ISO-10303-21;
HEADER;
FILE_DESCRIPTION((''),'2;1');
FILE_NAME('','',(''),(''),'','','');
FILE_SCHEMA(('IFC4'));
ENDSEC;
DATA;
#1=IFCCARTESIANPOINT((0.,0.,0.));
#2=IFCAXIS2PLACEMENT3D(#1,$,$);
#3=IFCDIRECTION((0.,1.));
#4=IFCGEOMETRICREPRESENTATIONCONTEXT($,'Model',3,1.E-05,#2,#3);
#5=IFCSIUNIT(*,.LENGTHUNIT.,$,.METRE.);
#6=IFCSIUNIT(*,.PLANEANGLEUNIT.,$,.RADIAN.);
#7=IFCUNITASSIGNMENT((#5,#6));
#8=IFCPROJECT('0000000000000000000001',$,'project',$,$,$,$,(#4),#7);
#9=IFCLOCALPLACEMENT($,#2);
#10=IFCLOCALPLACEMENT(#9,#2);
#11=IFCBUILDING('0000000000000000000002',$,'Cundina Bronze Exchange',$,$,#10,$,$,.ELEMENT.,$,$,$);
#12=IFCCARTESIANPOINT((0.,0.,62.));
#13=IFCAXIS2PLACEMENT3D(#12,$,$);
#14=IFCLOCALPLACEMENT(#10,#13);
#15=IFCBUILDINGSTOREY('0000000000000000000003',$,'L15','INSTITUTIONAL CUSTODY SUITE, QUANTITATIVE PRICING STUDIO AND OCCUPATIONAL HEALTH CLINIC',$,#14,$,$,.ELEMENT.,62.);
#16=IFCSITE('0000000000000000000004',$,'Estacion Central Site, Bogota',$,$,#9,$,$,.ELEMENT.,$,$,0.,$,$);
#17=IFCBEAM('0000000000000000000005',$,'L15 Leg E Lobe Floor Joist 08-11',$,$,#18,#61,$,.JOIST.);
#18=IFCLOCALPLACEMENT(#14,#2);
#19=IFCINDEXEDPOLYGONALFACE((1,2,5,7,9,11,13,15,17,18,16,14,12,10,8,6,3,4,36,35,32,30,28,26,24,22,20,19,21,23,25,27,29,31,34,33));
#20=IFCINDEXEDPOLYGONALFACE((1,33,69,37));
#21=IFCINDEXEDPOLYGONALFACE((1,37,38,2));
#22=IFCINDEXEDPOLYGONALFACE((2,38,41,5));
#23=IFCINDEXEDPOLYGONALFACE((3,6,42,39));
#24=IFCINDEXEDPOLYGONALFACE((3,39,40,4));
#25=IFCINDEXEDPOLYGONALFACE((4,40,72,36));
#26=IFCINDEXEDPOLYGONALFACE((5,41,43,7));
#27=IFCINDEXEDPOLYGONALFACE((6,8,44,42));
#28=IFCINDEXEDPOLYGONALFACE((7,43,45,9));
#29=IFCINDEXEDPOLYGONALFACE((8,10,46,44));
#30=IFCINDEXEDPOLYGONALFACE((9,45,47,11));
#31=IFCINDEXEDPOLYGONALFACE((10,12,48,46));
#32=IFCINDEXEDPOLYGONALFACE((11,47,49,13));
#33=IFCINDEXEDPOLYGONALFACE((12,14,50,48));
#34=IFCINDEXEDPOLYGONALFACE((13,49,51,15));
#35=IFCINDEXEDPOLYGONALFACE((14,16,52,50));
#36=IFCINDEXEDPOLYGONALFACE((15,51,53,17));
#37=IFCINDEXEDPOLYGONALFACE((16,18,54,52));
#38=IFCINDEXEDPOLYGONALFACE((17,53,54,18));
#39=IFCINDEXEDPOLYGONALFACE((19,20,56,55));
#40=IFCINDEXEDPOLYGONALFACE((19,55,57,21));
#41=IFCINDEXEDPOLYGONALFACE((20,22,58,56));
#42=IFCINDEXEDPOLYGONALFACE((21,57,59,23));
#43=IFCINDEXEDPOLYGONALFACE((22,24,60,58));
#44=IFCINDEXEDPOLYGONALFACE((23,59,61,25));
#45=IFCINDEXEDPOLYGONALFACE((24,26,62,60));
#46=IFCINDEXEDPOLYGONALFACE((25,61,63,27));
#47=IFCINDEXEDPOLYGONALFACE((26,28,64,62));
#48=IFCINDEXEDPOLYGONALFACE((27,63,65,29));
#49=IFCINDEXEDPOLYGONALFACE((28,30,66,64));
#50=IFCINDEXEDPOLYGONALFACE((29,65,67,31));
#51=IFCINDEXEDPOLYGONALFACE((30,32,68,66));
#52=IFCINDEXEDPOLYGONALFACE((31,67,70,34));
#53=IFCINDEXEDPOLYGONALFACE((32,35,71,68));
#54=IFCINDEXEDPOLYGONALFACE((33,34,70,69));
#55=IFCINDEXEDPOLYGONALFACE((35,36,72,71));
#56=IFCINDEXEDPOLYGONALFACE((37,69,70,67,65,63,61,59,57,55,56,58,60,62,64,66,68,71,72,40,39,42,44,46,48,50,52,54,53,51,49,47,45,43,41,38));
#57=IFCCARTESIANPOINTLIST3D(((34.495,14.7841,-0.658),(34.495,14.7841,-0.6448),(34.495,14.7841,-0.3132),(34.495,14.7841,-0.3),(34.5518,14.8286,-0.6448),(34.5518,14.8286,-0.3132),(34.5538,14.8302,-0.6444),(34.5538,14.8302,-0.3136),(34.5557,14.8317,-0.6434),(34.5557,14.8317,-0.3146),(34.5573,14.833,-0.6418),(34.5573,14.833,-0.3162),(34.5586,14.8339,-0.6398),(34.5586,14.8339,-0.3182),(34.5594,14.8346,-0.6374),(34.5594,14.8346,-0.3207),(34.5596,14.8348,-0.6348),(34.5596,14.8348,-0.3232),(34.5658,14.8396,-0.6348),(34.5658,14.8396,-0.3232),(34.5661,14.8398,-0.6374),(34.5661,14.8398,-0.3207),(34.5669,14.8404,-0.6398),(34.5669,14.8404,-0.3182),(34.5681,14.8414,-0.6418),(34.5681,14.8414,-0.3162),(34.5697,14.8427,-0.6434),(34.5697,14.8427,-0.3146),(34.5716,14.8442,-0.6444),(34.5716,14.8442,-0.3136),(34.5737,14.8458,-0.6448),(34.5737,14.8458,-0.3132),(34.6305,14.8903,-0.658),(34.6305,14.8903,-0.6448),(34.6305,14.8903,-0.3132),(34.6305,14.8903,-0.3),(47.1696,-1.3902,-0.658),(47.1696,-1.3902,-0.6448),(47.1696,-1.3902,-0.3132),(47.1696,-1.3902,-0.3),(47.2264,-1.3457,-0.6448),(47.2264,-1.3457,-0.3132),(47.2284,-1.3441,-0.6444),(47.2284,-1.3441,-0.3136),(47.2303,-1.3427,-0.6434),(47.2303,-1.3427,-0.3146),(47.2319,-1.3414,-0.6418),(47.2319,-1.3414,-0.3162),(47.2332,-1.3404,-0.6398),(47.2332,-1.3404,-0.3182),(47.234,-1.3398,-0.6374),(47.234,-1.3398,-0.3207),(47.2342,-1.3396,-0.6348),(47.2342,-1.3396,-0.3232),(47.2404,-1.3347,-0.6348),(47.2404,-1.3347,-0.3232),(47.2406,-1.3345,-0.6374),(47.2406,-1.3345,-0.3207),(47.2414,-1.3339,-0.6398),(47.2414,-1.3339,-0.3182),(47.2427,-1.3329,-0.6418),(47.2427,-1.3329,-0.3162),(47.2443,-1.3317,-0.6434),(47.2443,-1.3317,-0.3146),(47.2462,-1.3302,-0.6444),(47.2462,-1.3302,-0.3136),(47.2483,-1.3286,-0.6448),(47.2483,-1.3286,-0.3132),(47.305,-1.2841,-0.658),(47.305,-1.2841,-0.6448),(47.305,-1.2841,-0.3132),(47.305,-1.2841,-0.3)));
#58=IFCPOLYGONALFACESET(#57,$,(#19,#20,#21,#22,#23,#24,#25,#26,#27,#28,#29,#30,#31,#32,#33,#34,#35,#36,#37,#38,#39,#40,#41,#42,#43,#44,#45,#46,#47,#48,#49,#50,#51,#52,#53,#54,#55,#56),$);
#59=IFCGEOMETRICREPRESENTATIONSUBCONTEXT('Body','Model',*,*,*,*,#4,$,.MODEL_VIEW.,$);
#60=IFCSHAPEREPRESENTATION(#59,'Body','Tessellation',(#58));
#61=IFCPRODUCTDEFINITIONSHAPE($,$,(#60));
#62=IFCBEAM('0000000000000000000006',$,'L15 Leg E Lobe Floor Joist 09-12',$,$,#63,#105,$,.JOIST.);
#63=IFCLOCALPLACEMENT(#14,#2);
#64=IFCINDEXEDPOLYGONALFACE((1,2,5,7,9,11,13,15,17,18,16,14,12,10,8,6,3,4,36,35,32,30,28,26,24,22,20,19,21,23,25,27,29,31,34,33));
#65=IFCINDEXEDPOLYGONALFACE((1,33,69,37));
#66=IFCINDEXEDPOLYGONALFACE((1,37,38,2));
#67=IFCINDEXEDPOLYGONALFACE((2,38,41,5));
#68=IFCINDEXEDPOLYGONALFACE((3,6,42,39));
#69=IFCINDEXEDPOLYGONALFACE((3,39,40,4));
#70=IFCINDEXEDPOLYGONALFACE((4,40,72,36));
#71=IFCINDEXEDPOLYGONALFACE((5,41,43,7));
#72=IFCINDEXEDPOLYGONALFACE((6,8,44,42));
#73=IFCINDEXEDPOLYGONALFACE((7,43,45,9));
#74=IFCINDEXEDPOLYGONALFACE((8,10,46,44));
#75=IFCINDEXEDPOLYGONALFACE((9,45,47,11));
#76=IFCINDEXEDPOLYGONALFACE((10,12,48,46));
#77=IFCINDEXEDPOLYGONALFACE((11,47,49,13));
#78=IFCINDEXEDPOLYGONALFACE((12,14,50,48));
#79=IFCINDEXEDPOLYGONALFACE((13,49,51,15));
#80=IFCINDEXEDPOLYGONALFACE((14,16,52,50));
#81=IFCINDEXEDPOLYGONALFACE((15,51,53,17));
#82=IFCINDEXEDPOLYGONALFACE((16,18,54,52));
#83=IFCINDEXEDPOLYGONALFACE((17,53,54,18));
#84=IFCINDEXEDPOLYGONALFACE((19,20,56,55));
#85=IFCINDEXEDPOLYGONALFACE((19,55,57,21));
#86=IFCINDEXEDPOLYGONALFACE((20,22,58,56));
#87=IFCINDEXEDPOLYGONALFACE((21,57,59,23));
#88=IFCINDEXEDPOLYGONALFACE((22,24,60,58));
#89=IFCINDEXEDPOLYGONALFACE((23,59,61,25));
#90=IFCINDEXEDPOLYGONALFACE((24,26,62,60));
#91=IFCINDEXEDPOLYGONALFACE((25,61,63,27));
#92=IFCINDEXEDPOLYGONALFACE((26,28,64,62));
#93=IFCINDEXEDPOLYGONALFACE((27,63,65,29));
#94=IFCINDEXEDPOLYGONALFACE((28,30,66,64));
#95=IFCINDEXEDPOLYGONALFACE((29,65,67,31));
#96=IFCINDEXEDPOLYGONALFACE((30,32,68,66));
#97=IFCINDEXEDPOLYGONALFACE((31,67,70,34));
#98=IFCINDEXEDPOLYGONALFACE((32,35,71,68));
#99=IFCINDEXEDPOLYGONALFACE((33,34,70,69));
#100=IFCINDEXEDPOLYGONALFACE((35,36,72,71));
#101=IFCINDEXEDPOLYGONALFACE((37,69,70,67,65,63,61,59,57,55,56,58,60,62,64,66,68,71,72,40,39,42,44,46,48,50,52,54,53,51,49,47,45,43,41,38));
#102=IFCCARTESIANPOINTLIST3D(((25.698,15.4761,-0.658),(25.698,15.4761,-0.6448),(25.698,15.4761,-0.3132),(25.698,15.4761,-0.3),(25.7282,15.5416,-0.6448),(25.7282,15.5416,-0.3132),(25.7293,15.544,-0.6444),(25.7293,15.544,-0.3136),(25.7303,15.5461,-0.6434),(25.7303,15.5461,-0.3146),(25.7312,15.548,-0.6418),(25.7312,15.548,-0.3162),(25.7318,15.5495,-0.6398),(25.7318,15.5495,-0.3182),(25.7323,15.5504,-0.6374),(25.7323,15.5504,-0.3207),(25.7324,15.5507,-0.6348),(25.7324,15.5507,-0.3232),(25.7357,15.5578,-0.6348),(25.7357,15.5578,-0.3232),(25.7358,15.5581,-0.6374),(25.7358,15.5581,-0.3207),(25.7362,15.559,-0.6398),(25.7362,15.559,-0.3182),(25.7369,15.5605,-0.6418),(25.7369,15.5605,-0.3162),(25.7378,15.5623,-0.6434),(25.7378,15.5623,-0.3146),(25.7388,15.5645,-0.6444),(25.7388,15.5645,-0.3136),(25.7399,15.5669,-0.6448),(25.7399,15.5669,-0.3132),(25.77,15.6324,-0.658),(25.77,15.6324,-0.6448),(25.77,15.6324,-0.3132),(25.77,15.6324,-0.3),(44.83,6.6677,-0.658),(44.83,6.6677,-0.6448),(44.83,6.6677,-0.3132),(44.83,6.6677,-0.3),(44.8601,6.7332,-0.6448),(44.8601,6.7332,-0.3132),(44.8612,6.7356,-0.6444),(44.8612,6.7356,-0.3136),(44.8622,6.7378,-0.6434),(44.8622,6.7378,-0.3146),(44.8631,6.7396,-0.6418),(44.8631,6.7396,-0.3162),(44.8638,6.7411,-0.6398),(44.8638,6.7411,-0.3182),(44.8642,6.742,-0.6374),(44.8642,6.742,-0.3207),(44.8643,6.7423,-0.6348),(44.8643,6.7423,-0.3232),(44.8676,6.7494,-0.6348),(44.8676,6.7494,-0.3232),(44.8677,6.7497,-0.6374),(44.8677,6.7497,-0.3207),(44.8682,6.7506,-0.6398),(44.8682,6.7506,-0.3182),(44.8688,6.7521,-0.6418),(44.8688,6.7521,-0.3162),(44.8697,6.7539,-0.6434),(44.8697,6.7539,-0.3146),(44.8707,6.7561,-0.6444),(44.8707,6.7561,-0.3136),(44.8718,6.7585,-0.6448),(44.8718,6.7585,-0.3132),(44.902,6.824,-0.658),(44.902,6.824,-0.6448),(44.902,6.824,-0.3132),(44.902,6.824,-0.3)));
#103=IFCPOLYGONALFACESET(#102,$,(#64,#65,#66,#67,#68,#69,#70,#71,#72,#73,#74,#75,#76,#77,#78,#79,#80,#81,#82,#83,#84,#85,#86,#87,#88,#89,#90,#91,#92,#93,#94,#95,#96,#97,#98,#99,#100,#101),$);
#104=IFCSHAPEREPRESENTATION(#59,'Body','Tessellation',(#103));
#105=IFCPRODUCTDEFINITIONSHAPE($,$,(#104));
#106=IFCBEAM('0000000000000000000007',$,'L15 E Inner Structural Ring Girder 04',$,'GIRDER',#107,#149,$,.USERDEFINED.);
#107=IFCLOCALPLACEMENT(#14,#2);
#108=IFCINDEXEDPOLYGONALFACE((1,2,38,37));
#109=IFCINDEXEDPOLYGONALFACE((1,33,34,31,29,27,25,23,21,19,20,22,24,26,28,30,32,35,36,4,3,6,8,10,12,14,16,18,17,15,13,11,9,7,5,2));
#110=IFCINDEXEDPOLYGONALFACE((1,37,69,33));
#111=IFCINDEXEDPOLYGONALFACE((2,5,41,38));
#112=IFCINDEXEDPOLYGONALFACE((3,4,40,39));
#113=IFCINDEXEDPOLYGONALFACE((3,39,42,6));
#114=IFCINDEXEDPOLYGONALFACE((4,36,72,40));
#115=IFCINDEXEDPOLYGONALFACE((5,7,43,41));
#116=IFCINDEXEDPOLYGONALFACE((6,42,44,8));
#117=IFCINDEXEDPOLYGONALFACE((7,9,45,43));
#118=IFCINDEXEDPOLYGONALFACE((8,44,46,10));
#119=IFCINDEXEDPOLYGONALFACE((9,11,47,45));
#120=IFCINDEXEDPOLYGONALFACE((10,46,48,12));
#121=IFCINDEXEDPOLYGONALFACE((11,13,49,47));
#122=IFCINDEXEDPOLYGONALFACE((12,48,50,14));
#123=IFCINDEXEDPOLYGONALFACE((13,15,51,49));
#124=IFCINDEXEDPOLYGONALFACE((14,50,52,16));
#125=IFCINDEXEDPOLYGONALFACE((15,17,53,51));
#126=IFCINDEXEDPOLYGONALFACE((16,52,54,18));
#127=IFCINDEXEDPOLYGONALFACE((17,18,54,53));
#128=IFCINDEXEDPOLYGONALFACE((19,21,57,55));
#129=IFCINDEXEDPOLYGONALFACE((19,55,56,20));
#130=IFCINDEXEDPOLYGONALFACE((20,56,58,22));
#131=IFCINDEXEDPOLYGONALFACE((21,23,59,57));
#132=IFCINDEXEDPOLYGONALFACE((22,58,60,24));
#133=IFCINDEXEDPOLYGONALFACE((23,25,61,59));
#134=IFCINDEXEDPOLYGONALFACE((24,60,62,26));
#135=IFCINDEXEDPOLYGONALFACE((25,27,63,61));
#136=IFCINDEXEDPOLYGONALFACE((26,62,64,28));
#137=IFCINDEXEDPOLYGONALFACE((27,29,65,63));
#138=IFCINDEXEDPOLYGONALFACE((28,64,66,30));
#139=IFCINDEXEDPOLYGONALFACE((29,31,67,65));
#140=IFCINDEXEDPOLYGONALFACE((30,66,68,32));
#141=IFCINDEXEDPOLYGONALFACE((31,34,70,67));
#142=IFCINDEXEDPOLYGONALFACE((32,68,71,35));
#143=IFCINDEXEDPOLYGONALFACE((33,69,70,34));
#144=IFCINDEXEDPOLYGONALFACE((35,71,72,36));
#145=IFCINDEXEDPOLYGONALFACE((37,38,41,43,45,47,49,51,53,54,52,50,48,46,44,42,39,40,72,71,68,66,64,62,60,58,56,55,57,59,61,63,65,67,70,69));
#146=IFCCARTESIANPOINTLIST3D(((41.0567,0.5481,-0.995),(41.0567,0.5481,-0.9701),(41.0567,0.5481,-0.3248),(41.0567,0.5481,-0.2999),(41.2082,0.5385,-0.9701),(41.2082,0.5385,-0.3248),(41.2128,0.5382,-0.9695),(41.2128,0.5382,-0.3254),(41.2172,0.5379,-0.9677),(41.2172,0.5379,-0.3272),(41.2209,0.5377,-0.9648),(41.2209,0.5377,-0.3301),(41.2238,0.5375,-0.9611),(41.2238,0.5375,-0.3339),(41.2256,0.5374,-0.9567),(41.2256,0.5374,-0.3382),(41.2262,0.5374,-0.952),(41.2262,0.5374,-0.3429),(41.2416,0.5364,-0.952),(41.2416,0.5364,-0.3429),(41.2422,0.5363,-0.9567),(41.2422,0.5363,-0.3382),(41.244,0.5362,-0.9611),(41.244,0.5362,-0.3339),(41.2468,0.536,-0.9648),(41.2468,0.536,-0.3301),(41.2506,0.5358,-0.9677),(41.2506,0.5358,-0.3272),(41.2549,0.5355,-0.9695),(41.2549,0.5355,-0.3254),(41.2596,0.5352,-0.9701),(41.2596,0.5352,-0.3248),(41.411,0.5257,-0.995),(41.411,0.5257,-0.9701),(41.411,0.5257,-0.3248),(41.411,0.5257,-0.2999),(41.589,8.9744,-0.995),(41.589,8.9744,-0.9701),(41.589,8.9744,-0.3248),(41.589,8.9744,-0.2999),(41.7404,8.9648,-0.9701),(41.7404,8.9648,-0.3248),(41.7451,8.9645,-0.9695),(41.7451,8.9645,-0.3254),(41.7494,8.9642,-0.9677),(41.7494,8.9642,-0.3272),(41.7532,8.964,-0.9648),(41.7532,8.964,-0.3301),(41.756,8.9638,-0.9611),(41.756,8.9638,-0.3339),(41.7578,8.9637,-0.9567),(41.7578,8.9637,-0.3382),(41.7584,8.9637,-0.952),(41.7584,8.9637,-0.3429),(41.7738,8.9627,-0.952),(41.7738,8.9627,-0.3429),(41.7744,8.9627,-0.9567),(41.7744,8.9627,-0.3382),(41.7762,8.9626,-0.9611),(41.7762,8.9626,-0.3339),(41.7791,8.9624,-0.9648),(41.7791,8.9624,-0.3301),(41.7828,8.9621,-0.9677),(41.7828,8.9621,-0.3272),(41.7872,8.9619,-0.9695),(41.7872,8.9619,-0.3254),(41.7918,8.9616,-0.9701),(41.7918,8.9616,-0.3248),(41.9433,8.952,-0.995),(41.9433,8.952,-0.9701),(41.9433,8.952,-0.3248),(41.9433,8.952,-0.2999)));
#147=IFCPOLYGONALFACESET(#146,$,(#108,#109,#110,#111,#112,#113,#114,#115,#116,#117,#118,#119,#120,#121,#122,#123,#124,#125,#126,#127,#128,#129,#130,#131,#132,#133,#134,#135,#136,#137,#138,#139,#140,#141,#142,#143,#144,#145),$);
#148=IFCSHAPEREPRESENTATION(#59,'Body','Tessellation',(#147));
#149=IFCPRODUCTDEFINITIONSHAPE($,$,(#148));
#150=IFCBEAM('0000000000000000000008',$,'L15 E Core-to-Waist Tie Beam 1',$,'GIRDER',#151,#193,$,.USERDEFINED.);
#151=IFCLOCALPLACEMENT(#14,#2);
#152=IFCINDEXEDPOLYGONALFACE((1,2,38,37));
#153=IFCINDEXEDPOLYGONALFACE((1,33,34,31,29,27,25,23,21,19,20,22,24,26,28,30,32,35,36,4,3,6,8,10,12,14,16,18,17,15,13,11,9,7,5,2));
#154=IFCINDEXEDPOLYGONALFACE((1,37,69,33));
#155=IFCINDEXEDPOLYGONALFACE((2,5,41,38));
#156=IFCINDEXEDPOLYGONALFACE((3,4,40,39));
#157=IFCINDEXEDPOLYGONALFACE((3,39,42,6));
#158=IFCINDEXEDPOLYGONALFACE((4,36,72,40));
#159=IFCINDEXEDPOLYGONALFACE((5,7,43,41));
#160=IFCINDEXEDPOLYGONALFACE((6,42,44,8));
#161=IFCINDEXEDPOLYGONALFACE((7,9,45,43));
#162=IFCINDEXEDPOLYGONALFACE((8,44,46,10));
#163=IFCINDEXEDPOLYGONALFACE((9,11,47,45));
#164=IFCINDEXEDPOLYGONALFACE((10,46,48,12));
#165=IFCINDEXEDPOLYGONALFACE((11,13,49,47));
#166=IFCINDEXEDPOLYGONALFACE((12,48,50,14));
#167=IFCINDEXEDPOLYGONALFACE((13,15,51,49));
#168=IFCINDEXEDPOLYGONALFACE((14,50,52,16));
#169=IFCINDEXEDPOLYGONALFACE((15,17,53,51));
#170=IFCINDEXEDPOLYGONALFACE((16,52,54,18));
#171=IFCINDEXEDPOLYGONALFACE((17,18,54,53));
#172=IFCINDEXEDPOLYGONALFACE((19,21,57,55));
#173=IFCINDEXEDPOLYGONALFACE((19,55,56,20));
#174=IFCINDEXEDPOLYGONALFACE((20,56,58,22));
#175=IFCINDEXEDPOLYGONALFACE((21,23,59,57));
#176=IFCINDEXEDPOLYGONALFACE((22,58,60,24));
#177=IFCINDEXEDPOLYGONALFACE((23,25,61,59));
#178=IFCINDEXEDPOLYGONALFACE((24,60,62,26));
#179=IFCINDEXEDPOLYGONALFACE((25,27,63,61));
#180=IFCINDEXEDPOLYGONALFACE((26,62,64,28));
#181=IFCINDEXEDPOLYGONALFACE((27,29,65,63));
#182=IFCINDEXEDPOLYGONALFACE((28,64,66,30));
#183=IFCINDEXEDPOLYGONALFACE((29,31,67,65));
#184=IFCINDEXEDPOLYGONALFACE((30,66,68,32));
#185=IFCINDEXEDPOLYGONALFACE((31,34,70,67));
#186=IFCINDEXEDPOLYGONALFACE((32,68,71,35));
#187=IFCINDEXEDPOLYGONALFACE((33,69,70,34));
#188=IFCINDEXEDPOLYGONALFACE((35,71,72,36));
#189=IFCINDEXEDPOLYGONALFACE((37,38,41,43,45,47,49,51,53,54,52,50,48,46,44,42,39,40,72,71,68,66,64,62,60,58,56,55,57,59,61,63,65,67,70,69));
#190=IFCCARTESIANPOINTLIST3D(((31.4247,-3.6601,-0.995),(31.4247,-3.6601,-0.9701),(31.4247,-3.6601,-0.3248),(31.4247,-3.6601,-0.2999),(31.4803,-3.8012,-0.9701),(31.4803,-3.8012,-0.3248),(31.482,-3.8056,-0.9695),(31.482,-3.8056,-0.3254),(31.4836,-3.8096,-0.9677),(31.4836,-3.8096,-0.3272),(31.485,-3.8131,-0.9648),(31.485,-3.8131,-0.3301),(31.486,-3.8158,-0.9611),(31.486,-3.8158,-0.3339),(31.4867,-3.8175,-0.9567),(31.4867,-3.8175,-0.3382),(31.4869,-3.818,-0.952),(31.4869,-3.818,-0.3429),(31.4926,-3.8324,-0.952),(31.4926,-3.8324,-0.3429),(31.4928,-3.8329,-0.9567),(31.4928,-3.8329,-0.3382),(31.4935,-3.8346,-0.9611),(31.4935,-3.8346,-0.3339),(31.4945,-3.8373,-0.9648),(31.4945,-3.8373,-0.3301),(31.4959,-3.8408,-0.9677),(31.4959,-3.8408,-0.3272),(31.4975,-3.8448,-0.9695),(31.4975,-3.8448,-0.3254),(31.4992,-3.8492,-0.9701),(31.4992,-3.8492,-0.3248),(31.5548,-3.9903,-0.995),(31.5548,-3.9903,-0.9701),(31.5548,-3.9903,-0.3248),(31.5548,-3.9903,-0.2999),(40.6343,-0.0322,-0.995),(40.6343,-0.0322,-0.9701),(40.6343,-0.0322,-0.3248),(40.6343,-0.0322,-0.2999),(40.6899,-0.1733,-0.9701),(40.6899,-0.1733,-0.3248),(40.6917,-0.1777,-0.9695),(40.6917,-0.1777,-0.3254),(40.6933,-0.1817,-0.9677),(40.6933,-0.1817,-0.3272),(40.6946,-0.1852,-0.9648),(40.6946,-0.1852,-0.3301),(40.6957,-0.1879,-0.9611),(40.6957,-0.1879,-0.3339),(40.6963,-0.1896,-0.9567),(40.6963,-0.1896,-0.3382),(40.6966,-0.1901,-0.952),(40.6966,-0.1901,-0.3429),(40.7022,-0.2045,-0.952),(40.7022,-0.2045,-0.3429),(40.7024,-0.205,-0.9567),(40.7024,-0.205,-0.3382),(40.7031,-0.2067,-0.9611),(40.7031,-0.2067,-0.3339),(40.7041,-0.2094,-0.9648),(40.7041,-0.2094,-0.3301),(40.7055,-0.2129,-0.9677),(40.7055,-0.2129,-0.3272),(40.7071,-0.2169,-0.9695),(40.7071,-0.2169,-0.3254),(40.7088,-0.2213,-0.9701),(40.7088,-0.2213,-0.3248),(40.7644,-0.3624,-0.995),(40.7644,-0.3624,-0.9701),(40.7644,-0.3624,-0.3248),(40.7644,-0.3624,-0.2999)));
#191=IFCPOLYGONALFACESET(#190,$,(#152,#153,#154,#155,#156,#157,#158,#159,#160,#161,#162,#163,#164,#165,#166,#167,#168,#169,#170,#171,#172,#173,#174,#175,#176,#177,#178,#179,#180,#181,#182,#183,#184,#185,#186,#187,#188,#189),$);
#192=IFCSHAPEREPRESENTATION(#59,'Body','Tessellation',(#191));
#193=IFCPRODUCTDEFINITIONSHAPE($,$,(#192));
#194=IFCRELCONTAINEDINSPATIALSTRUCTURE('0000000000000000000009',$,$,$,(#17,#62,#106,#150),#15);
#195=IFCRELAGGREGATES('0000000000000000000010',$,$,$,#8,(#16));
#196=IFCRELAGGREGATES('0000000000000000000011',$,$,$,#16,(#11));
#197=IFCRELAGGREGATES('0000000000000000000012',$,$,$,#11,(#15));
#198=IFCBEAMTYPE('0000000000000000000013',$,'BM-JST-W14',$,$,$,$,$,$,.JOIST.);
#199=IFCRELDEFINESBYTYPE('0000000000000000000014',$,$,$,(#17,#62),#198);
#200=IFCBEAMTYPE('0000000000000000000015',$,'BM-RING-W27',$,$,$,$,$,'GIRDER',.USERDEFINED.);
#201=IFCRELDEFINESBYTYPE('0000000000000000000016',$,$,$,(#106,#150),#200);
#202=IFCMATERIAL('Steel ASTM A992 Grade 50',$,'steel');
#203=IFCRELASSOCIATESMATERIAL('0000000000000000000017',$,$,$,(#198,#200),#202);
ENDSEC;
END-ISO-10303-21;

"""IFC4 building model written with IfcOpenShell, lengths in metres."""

from ifc_helpers import new_model, si_unit, direction, frame, origin, origin_2d, place, context, subcontext, project, spatial, i_section, extrude, material, material_profile, profile_set, type_object, element, save


model = new_model("IFC4")

# Units and contexts
model_context = context("Model", 3, precision=1e-05, world=origin(), true_north=direction((0.0, 1.0)))
body_context = subcontext(model_context, "Body", "Model", "MODEL_VIEW")
ifc_project = project(units=[si_unit("LENGTHUNIT", "METRE"), si_unit("PLANEANGLEUNIT", "RADIAN")], contexts=[model_context])

# Site, building, storey
site_placement = place(None, origin())
site = spatial("IfcSite", under=ifc_project, at=site_placement, Name="Estacion Central Site, Bogota", CompositionType="ELEMENT", RefElevation=0.0)
building_placement = place(site_placement, origin())
building = spatial("IfcBuilding", under=site, at=building_placement, Name="Cundina Bronze Exchange", CompositionType="ELEMENT")
storey_placement = place(building_placement, frame((0.0, 0.0, 62.0)))
storey = spatial("IfcBuildingStorey", under=building, at=storey_placement, Name="L15", Description="INSTITUTIONAL CUSTODY SUITE, QUANTITATIVE PRICING STUDIO AND OCCUPATIONAL HEALTH CLINIC", CompositionType="ELEMENT", Elevation=62.0)

# Shared definitions
ifc_material_1 = material(Name="Steel ASTM A992 Grade 50", Category="steel")

# Beams
ifc_material_profile_1 = material_profile(ifc_material_1, i_section(OverallWidth=0.1721, OverallDepth=0.3579, WebThickness=0.0078, FlangeThickness=0.0132, FilletRadius=0.01, at=origin_2d()), Name="W14X38", Category="steel")
ifc_profile_set_1 = profile_set([ifc_material_profile_1], Name="Steel ASTM A992 Grade 50")
beam_type_1 = type_object("IfcBeamType", Name="BM-JST-W14", PredefinedType="JOIST", material=ifc_profile_set_1)
beam_1_placement = place(storey_placement, frame((47.2373, -1.3372, -0.479), z_axis=(-0.616803, 0.787117, 0.0), x_axis=(-0.787117, -0.616803, 0.0)))
element("IfcBeam", 1, at=beam_1_placement, inside=storey, type_object=beam_type_1, Name="L15 Leg E Lobe Floor Joist 08-11", PredefinedType="JOIST", context=body_context, shape_type="SweptSolid", body=[
    extrude(i_section(OverallWidth=0.1721, OverallDepth=0.3579, WebThickness=0.0078, FlangeThickness=0.0132, FilletRadius=0.01, at=origin_2d()), origin(), (0.0, 0.0, 1.0), 20.5488),
])
beam_2_placement = place(storey_placement, frame((44.866, 6.7458, -0.479), z_axis=(-0.908352, 0.418208, 0.0), x_axis=(-0.418208, -0.908352, 0.0)))
element("IfcBeam", 2, at=beam_2_placement, inside=storey, type_object=beam_type_1, Name="L15 Leg E Lobe Floor Joist 09-12", PredefinedType="JOIST", context=body_context, shape_type="SweptSolid", body=[
    extrude(i_section(OverallWidth=0.1721, OverallDepth=0.3579, WebThickness=0.0078, FlangeThickness=0.0132, FilletRadius=0.01, at=origin_2d()), origin(), (0.0, 0.0, 1.0), 21.0623),
])
ifc_material_profile_2 = material_profile(ifc_material_1, i_section(OverallWidth=0.355, OverallDepth=0.6951, WebThickness=0.0154, FlangeThickness=0.0249, FilletRadius=0.0181, at=origin_2d()), Name="W27X146", Category="steel")
ifc_profile_set_2 = profile_set([ifc_material_profile_2], Name="Steel ASTM A992 Grade 50")
beam_type_2 = type_object("IfcBeamType", Name="BM-RING-W27", ElementType="GIRDER", PredefinedType="USERDEFINED", material=ifc_profile_set_2)
beam_3_placement = place(storey_placement, frame((41.2339, 0.5369, -0.6475), z_axis=(0.063037, 0.998011, 0.0), x_axis=(-0.998011, 0.063037, 0.0)))
element("IfcBeam", 3, at=beam_3_placement, inside=storey, type_object=beam_type_2, Name="L15 E Inner Structural Ring Girder 04", ObjectType="GIRDER", PredefinedType="USERDEFINED", context=body_context, shape_type="SweptSolid", body=[
    extrude(i_section(OverallWidth=0.355, OverallDepth=0.6951, WebThickness=0.0154, FlangeThickness=0.0249, FilletRadius=0.0181, at=origin_2d()), origin(), (0.0, 0.0, 1.0), 8.4431),
])
beam_4_placement = place(storey_placement, frame((31.4897, -3.8252, -0.6475), z_axis=(0.930413, 0.366512, 0.0), x_axis=(-0.366512, 0.930413, 0.0)))
element("IfcBeam", 4, at=beam_4_placement, inside=storey, type_object=beam_type_2, Name="L15 E Core-to-Waist Tie Beam 1", ObjectType="GIRDER", PredefinedType="USERDEFINED", context=body_context, shape_type="SweptSolid", body=[
    extrude(i_section(OverallWidth=0.355, OverallDepth=0.6951, WebThickness=0.0154, FlangeThickness=0.0249, FilletRadius=0.0181, at=origin_2d()), origin(), (0.0, 0.0, 1.0), 9.8984),
])

save(model, "model.ifc")
